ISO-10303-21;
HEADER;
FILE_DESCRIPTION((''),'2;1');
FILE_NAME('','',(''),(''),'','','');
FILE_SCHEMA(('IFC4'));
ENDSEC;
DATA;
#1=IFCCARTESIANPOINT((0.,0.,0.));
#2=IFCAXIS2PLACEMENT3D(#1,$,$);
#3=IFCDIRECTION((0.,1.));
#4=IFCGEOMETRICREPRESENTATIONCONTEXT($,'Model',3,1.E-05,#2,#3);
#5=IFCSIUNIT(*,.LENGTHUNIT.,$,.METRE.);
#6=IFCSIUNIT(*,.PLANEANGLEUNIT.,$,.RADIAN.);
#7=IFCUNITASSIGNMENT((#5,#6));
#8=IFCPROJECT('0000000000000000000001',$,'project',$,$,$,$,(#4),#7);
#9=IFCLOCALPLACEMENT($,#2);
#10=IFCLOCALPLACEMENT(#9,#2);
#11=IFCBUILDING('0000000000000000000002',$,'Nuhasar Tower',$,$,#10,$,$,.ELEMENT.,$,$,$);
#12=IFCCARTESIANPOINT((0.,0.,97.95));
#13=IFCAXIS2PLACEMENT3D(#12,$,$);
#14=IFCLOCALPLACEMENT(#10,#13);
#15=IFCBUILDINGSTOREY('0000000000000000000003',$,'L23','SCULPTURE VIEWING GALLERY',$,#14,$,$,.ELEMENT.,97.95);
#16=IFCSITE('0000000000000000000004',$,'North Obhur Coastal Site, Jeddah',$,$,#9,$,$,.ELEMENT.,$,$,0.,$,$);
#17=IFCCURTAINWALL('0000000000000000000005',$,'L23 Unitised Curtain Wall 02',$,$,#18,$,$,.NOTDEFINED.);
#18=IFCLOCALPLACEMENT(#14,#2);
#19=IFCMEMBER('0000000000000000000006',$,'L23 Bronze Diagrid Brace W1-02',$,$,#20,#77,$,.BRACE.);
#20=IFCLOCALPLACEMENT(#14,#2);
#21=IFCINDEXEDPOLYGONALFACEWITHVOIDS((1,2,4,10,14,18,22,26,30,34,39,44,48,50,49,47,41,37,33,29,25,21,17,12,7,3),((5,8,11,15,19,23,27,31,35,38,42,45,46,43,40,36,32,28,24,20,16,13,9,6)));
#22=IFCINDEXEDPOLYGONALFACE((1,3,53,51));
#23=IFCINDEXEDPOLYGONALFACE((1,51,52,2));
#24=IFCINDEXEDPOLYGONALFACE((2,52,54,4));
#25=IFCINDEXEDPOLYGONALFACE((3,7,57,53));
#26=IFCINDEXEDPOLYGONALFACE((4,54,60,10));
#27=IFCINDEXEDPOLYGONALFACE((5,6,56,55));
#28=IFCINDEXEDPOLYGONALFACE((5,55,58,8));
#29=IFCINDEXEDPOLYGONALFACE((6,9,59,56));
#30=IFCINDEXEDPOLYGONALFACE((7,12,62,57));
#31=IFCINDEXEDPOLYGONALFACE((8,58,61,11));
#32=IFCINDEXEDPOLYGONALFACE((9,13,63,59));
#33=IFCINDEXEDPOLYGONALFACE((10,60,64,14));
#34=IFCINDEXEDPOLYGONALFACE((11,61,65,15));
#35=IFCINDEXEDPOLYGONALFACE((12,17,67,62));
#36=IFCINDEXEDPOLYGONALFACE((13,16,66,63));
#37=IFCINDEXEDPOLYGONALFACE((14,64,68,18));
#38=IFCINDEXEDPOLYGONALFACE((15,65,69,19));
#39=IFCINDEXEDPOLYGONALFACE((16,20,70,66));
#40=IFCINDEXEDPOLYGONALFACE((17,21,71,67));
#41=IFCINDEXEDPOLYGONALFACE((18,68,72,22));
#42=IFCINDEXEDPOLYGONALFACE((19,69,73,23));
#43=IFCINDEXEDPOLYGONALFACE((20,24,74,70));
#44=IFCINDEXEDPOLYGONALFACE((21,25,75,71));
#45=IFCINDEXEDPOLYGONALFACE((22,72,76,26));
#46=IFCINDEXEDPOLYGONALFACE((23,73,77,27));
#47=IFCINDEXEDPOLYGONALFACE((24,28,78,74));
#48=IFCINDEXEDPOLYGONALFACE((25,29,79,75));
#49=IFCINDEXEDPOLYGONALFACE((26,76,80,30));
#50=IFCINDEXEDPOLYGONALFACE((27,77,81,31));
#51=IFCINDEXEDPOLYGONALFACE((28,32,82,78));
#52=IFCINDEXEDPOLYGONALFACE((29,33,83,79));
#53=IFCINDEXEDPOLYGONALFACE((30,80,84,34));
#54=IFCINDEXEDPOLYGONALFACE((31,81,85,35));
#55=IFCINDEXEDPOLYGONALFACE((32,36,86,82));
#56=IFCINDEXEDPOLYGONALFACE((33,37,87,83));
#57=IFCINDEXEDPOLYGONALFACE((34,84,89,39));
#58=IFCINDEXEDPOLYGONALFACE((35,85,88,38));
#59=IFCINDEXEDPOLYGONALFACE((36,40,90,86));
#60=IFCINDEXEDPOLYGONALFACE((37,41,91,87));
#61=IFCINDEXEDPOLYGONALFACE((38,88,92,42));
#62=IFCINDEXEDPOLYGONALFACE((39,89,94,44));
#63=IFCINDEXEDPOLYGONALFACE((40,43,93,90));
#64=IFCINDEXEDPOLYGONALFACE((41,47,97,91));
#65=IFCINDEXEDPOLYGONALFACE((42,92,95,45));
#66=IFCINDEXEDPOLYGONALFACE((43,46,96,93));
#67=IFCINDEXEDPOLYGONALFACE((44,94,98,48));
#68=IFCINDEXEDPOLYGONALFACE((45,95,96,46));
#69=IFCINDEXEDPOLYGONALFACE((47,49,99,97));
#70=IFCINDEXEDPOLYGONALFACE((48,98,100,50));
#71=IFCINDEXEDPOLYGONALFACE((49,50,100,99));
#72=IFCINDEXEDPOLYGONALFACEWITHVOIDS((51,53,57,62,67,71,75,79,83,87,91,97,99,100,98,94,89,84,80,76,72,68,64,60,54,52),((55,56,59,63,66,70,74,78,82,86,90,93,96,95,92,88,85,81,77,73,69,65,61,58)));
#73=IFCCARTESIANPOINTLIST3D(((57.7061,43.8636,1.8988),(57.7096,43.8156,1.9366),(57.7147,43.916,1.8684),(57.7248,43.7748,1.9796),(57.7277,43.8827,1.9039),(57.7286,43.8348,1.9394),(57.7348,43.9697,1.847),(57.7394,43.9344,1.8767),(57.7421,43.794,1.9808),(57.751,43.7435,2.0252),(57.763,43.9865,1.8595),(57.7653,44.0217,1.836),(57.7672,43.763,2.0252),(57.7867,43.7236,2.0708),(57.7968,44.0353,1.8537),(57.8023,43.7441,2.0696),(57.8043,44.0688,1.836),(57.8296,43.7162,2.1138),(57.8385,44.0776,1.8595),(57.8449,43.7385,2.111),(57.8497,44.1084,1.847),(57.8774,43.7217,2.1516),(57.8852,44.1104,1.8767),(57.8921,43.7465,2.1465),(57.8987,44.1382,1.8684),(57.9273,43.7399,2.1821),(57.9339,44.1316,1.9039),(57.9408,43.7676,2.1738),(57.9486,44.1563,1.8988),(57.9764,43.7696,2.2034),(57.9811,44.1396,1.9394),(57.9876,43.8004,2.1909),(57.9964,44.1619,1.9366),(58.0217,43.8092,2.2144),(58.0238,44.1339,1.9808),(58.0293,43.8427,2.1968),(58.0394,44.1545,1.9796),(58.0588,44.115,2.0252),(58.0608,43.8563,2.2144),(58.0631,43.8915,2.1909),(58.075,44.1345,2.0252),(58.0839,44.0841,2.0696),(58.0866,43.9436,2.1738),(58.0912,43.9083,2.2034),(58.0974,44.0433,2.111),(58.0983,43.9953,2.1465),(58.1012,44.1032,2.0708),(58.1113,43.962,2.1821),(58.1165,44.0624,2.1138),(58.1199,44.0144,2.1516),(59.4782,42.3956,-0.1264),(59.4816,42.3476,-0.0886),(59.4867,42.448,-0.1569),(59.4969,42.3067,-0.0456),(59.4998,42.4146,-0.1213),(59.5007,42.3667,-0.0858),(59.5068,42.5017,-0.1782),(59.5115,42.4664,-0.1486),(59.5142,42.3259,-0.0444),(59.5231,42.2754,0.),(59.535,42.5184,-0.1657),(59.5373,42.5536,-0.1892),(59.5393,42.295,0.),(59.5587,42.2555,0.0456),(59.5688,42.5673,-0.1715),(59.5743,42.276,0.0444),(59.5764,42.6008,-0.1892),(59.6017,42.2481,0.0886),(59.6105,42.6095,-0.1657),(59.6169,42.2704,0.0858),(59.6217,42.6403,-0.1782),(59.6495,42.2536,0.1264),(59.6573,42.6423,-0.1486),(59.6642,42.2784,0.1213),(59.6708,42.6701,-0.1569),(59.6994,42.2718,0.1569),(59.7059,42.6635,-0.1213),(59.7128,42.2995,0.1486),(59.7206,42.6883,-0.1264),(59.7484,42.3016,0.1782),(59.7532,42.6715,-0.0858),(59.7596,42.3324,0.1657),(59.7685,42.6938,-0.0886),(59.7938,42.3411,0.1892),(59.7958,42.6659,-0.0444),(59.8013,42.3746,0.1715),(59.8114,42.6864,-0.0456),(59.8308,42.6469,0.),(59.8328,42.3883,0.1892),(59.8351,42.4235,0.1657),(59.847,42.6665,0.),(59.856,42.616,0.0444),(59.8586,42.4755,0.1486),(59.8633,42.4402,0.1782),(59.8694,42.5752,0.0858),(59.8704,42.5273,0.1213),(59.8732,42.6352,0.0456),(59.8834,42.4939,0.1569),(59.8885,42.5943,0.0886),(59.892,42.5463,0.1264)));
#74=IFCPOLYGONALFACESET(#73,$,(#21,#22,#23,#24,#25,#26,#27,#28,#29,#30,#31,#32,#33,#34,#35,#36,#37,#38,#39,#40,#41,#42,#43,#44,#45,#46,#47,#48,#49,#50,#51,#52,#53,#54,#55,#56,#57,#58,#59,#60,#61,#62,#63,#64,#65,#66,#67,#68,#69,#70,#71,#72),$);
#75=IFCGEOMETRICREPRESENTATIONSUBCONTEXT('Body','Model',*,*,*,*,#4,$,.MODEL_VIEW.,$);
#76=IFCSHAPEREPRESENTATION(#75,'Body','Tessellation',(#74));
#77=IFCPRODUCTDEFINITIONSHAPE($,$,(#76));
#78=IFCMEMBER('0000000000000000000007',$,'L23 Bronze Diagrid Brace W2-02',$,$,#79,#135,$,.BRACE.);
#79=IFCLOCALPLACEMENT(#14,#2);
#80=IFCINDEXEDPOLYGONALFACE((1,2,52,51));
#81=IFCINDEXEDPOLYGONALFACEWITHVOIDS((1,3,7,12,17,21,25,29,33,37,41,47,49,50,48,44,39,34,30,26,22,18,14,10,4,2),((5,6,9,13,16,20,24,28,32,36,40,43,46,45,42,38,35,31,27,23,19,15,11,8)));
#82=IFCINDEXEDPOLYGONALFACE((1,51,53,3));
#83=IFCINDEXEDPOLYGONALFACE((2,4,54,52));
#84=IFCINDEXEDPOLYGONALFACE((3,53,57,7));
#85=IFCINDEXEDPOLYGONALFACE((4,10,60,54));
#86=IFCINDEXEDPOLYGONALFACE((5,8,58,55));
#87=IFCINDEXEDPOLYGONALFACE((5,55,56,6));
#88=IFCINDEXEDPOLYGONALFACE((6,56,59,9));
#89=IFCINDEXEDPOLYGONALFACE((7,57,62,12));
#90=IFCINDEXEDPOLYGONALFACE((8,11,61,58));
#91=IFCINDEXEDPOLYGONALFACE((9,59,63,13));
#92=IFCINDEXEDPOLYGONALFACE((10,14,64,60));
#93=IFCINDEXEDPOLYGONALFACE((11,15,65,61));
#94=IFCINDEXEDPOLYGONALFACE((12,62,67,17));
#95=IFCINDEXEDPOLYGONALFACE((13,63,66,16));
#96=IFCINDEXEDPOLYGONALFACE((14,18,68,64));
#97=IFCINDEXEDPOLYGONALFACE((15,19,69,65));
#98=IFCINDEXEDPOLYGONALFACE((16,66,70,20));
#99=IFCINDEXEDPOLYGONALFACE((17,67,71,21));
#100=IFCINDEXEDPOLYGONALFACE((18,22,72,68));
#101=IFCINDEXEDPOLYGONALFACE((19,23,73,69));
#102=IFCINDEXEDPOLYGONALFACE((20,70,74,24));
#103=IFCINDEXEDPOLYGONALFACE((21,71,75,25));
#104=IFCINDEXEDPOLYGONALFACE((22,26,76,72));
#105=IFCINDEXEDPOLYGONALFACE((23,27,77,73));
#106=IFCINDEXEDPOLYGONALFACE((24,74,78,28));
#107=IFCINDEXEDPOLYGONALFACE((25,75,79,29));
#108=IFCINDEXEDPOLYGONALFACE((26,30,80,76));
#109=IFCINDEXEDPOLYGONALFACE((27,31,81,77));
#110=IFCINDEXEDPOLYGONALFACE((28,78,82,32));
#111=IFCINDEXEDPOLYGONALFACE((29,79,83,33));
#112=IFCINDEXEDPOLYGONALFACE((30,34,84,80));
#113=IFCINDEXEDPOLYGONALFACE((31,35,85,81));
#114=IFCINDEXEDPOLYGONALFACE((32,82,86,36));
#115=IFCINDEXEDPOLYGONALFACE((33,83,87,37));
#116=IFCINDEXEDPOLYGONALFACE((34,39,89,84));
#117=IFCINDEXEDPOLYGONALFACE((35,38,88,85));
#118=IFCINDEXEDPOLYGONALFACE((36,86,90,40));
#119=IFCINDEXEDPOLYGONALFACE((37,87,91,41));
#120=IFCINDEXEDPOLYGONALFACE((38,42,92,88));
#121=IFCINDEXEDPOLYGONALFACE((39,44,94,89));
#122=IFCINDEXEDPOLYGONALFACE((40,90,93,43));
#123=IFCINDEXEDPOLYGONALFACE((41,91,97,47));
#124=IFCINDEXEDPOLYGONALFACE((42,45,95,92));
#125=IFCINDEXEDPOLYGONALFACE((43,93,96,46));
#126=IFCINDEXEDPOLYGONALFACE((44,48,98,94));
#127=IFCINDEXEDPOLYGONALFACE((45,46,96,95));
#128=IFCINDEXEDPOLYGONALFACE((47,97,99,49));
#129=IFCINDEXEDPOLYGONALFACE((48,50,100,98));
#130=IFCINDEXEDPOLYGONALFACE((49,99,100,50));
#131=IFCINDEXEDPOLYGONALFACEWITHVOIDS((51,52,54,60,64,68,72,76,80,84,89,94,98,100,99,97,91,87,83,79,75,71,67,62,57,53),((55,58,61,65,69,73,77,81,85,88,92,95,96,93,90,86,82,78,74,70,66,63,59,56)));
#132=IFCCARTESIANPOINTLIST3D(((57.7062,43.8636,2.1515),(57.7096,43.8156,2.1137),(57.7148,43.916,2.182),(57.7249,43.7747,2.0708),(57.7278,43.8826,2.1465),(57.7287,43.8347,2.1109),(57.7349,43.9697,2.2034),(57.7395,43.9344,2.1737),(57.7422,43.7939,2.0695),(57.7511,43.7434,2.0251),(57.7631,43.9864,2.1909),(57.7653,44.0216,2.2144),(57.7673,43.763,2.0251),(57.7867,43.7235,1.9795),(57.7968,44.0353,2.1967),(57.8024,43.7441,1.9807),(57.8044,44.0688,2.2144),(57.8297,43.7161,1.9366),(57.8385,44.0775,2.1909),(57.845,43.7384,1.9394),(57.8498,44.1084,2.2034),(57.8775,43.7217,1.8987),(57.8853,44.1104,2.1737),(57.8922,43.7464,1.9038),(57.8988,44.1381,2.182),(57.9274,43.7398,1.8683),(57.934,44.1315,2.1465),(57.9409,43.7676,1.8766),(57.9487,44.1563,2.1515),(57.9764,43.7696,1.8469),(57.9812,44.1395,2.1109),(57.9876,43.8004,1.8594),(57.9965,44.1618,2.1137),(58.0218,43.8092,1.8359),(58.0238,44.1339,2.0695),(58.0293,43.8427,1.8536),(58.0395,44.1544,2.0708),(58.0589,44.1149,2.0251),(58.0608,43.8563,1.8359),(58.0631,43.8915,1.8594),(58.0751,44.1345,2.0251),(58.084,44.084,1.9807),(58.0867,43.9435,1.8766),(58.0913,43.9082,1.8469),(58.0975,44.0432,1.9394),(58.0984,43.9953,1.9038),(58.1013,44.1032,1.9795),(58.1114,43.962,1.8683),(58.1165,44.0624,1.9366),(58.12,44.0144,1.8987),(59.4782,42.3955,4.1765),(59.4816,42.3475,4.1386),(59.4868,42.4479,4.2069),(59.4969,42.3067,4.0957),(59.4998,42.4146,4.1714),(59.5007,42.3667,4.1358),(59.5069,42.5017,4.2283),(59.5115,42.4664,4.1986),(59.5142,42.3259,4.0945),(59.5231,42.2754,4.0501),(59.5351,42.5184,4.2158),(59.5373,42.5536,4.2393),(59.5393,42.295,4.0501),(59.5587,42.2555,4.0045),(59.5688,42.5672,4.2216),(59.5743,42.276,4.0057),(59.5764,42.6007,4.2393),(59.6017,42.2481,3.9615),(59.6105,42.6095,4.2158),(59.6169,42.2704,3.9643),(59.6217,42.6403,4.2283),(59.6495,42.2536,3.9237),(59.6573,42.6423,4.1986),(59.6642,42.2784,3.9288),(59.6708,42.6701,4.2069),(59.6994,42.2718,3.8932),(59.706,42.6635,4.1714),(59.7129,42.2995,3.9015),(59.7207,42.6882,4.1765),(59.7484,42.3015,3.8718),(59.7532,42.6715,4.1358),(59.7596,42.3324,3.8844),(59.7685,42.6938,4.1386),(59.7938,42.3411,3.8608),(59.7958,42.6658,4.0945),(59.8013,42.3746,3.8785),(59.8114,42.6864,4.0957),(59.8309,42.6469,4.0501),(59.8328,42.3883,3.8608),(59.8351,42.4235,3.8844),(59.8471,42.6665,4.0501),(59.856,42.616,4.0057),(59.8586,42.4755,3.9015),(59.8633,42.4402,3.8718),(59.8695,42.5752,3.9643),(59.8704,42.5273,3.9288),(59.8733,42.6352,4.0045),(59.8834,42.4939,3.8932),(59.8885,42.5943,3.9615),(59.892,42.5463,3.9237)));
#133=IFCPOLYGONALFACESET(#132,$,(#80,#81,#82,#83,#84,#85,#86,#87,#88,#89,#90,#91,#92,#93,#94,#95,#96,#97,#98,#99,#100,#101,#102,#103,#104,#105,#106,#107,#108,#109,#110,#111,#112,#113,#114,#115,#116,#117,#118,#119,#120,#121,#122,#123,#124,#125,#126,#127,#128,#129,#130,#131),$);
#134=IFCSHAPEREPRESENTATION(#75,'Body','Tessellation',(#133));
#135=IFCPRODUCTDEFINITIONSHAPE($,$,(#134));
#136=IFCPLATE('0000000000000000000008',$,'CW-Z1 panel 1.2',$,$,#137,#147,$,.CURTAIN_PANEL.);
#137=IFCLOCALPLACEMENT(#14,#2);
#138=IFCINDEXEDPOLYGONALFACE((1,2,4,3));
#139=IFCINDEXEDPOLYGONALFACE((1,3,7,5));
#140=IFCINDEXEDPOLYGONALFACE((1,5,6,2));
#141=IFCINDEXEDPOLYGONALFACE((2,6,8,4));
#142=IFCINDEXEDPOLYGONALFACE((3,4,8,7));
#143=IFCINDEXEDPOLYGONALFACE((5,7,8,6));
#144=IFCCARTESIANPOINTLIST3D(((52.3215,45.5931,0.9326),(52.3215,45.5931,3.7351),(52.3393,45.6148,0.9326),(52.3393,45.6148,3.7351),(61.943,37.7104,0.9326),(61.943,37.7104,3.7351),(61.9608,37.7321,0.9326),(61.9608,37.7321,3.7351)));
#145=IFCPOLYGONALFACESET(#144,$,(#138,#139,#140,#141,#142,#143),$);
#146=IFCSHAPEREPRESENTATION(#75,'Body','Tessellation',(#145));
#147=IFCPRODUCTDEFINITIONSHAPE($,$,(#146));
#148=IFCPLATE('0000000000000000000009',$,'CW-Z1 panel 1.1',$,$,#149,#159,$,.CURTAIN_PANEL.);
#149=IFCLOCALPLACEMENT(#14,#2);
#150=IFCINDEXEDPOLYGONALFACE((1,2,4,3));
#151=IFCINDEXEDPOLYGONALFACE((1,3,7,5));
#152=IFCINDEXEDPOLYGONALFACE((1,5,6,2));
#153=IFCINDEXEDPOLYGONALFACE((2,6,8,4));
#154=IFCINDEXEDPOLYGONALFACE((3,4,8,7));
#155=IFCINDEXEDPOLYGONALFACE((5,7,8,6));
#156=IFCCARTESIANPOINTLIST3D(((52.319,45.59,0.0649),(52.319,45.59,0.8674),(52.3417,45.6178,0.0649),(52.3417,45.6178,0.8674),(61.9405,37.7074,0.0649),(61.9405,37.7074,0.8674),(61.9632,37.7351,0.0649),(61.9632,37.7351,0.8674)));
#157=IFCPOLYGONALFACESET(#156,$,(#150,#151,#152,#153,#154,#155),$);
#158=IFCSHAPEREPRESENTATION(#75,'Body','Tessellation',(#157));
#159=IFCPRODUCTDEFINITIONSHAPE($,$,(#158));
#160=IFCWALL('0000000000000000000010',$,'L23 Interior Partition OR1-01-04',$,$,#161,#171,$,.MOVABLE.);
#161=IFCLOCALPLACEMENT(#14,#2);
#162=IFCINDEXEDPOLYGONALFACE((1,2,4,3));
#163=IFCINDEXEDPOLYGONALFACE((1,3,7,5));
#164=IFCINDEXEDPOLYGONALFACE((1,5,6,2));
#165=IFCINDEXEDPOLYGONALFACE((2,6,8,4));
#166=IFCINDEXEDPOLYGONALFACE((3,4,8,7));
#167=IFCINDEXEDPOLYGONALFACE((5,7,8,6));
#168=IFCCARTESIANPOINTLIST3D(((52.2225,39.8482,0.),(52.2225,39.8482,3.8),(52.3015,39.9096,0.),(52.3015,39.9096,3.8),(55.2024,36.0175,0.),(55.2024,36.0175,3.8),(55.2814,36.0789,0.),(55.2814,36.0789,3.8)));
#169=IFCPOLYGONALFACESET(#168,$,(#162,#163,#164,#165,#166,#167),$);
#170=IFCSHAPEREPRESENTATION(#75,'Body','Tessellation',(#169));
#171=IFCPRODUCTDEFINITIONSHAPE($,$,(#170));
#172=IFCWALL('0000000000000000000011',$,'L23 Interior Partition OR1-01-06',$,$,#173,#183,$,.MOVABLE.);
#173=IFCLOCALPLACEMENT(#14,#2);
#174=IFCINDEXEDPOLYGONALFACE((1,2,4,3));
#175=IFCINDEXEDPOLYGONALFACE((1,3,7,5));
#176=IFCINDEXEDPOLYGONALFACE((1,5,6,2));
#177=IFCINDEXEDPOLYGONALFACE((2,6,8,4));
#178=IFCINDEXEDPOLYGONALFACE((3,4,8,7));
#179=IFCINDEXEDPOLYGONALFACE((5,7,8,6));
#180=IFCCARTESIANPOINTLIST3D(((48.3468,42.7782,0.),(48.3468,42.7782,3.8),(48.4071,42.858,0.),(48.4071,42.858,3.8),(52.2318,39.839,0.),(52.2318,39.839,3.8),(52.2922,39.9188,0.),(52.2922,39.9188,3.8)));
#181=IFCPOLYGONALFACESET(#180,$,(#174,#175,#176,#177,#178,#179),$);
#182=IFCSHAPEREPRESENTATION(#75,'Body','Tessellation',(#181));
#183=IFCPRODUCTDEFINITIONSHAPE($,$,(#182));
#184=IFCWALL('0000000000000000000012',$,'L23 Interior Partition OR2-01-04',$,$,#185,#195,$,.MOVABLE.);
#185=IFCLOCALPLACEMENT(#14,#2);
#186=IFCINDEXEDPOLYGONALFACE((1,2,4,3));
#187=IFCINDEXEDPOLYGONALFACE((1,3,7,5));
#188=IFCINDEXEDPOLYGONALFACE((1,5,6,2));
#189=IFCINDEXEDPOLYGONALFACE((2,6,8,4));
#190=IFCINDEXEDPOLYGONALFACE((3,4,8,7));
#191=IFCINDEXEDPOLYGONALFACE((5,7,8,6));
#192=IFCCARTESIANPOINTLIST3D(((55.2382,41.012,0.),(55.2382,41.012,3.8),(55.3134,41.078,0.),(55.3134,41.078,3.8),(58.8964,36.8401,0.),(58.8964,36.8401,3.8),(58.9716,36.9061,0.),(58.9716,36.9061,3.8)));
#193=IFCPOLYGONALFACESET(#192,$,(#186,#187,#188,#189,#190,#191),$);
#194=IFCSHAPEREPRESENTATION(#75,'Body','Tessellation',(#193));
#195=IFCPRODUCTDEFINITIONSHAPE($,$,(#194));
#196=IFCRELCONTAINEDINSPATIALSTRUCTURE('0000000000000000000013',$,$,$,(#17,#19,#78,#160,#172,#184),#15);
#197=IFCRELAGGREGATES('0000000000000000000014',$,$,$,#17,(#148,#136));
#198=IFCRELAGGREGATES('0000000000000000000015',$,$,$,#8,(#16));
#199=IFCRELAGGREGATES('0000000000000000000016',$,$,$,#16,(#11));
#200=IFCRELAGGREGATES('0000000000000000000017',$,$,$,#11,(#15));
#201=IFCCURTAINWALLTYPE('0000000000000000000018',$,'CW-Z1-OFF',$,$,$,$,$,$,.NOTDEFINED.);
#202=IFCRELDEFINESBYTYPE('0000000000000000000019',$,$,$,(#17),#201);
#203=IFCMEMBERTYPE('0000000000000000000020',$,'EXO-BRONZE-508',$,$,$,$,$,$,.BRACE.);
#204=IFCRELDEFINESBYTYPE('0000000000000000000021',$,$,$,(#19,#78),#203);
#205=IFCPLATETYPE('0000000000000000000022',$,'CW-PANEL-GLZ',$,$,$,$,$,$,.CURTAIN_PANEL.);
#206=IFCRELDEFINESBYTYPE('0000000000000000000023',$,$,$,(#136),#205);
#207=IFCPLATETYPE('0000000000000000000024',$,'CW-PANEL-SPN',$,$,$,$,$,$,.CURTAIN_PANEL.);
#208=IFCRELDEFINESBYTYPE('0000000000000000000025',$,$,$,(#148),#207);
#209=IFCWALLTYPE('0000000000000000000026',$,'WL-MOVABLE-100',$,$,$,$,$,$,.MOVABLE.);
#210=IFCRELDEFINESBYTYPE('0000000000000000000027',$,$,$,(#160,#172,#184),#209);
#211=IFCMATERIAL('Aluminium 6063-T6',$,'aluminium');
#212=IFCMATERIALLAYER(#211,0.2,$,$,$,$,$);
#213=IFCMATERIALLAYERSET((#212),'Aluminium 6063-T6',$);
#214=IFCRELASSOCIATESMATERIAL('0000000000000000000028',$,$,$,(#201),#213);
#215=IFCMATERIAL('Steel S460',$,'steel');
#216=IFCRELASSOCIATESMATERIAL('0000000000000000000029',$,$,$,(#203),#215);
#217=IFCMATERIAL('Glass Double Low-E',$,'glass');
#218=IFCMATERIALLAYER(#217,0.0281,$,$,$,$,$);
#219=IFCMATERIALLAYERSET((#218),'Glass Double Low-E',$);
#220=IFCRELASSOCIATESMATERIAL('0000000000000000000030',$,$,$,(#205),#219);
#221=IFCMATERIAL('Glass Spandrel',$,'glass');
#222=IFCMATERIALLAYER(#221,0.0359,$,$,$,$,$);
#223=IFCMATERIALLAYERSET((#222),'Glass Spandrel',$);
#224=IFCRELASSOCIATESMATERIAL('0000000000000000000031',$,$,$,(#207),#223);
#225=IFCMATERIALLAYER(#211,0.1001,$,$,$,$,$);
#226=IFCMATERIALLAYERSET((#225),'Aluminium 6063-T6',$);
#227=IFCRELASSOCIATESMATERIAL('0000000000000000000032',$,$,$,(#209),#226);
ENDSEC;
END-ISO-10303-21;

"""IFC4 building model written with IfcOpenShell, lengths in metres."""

from ifc_helpers import new_model, si_unit, direction, frame, frame_2d, origin, origin_2d, place, context, subcontext, project, spatial, rectangle, hollow_circle, extrude, material, layer, layer_set, material_profile, profile_set, type_object, element, aggregate, save


model = new_model("IFC4")

# Units and contexts
model_context = context("Model", 3, precision=1e-05, world=origin(), true_north=direction((0.0, 1.0)))
body_context = subcontext(model_context, "Body", "Model", "MODEL_VIEW")
ifc_project = project(units=[si_unit("LENGTHUNIT", "METRE"), si_unit("PLANEANGLEUNIT", "RADIAN")], contexts=[model_context])

# Site, building, storey
site_placement = place(None, origin())
site = spatial("IfcSite", under=ifc_project, at=site_placement, Name="North Obhur Coastal Site, Jeddah", CompositionType="ELEMENT", RefElevation=0.0)
building_placement = place(site_placement, origin())
building = spatial("IfcBuilding", under=site, at=building_placement, Name="Nuhasar Tower", CompositionType="ELEMENT")
storey_placement = place(building_placement, frame((0.0, 0.0, 97.95)))
storey = spatial("IfcBuildingStorey", under=building, at=storey_placement, Name="L23", Description="SCULPTURE VIEWING GALLERY", CompositionType="ELEMENT", Elevation=97.95)

# Shared definitions
ifc_material_1 = material(Name="Aluminium 6063-T6", Category="aluminium")
ifc_layer_1 = layer(ifc_material_1, 0.2)
ifc_layer_set_1 = layer_set([ifc_layer_1], Name="Aluminium 6063-T6")
curtain_wall_type = type_object("IfcCurtainWallType", Name="CW-Z1-OFF", PredefinedType="NOTDEFINED", material=ifc_layer_set_1)

# Curtain wall
curtain_wall_1_placement = place(storey_placement, origin())
curtain_wall_1 = element("IfcCurtainWall", 1, at=curtain_wall_1_placement, inside=storey, type_object=curtain_wall_type, Name="L23 Unitised Curtain Wall 02", PredefinedType="NOTDEFINED")

# Members
ifc_material_2 = material(Name="Steel S460", Category="steel")
ifc_material_profile_1 = material_profile(ifc_material_2, hollow_circle(Radius=0.2539, WallThickness=0.0254, at=origin_2d()), Name="HSS508X25.4")
ifc_profile_set_1 = profile_set([ifc_material_profile_1], Name="Steel S460")
member_type_1 = type_object("IfcMemberType", Name="EXO-BRONZE-508", PredefinedType="BRACE", material=ifc_profile_set_1)
member_1_placement = place(storey_placement, frame((59.6851, 42.4709, 0.0), z_axis=(-0.578071, 0.478912, 0.660664), x_axis=(-0.637969, -0.770062, 0.0)))
element("IfcMember", 2, at=member_1_placement, inside=storey, type_object=member_type_1, Name="L23 Bronze Diagrid Brace W1-02", PredefinedType="BRACE", context=body_context, shape_type="SweptSolid", body=[
    extrude(hollow_circle(Radius=0.2539, WallThickness=0.0254, at=origin_2d()), origin(), (0.0, 0.0, 1.0), 3.0654),
])
member_2_placement = place(storey_placement, frame((57.9131, 43.939, 2.0251), z_axis=(0.578102, -0.478937, 0.660619), x_axis=(0.637969, 0.770062, 0.0)))
element("IfcMember", 3, at=member_2_placement, inside=storey, type_object=member_type_1, Name="L23 Bronze Diagrid Brace W2-02", PredefinedType="BRACE", context=body_context, shape_type="SweptSolid", body=[
    extrude(hollow_circle(Radius=0.2539, WallThickness=0.0254, at=origin_2d()), origin(), (0.0, 0.0, 1.0), 3.0652),
])

# Plates
ifc_material_3 = material(Name="Glass Double Low-E", Category="glass")
ifc_layer_2 = layer(ifc_material_3, 0.0281)
ifc_layer_set_2 = layer_set([ifc_layer_2], Name="Glass Double Low-E")
plate_type_1 = type_object("IfcPlateType", Name="CW-PANEL-GLZ", PredefinedType="CURTAIN_PANEL", material=ifc_layer_set_2)
plate_1_placement = place(storey_placement, frame((57.1411, 41.6626, 0.9326), z_axis=(0.0, 0.0, 1.0), x_axis=(-0.773542, 0.633745, 0.0)))
plate_1 = element("IfcPlate", 4, at=plate_1_placement, type_object=plate_type_1, Name="CW-Z1 panel 1.2", PredefinedType="CURTAIN_PANEL", context=body_context, shape_type="SweptSolid", body=[
    extrude(rectangle(XDim=12.4382, YDim=0.0281, at=origin_2d()), origin(), (0.0, 0.0, 1.0), 2.8025),
])
ifc_material_4 = material(Name="Glass Spandrel", Category="glass")
ifc_layer_3 = layer(ifc_material_4, 0.0359)
ifc_layer_set_3 = layer_set([ifc_layer_3], Name="Glass Spandrel")
plate_type_2 = type_object("IfcPlateType", Name="CW-PANEL-SPN", PredefinedType="CURTAIN_PANEL", material=ifc_layer_set_3)
plate_2_placement = place(storey_placement, frame((57.1411, 41.6626, 0.0649), z_axis=(0.0, 0.0, 1.0), x_axis=(-0.773542, 0.633745, 0.0)))
plate_2 = element("IfcPlate", 5, at=plate_2_placement, type_object=plate_type_2, Name="CW-Z1 panel 1.1", PredefinedType="CURTAIN_PANEL", context=body_context, shape_type="SweptSolid", body=[
    extrude(rectangle(XDim=12.4382, YDim=0.0359, at=origin_2d()), origin(), (0.0, 0.0, 1.0), 0.8025),
])
aggregate(curtain_wall_1, [plate_2, plate_1])

# Walls
ifc_layer_4 = layer(ifc_material_1, 0.1001)
ifc_layer_set_4 = layer_set([ifc_layer_4], Name="Aluminium 6063-T6")
wall_type = type_object("IfcWallType", Name="WL-MOVABLE-100", PredefinedType="MOVABLE", material=ifc_layer_set_4)
wall_1_placement = place(storey_placement, frame((55.2419, 36.0481, 0.0), z_axis=(0.0, 0.0, 1.0), x_axis=(-0.614, 0.789306, 0.0)))
element("IfcWall", 6, at=wall_1_placement, inside=storey, type_object=wall_type, Name="L23 Interior Partition OR1-01-04", PredefinedType="MOVABLE", context=body_context, shape_type="SweptSolid", body=[
    extrude(rectangle(XDim=4.8533, YDim=0.1001, at=frame_2d((2.4268, 0.0))), origin(), (0.0, 0.0, 1.0), 3.8),
])
wall_2_placement = place(storey_placement, frame((52.262, 39.8789, 0.0), z_axis=(0.0, 0.0, 1.0), x_axis=(-0.797485, 0.603338, 0.0)))
element("IfcWall", 7, at=wall_2_placement, inside=storey, type_object=wall_type, Name="L23 Interior Partition OR1-01-06", PredefinedType="MOVABLE", context=body_context, shape_type="SweptSolid", body=[
    extrude(rectangle(XDim=4.8716, YDim=0.1001, at=frame_2d((2.4358, 0.0))), origin(), (0.0, 0.0, 1.0), 3.8),
])
wall_3_placement = place(storey_placement, frame((58.9341, 36.873, 0.0), z_axis=(0.0, 0.0, 1.0), x_axis=(-0.659302, 0.751878, 0.0)))
element("IfcWall", 8, at=wall_3_placement, inside=storey, type_object=wall_type, Name="L23 Interior Partition OR2-01-04", PredefinedType="MOVABLE", context=body_context, shape_type="SweptSolid", body=[
    extrude(rectangle(XDim=5.5486, YDim=0.1001, at=frame_2d((2.7744, 0.0))), origin(), (0.0, 0.0, 1.0), 3.8),
])

save(model, "model.ifc")
